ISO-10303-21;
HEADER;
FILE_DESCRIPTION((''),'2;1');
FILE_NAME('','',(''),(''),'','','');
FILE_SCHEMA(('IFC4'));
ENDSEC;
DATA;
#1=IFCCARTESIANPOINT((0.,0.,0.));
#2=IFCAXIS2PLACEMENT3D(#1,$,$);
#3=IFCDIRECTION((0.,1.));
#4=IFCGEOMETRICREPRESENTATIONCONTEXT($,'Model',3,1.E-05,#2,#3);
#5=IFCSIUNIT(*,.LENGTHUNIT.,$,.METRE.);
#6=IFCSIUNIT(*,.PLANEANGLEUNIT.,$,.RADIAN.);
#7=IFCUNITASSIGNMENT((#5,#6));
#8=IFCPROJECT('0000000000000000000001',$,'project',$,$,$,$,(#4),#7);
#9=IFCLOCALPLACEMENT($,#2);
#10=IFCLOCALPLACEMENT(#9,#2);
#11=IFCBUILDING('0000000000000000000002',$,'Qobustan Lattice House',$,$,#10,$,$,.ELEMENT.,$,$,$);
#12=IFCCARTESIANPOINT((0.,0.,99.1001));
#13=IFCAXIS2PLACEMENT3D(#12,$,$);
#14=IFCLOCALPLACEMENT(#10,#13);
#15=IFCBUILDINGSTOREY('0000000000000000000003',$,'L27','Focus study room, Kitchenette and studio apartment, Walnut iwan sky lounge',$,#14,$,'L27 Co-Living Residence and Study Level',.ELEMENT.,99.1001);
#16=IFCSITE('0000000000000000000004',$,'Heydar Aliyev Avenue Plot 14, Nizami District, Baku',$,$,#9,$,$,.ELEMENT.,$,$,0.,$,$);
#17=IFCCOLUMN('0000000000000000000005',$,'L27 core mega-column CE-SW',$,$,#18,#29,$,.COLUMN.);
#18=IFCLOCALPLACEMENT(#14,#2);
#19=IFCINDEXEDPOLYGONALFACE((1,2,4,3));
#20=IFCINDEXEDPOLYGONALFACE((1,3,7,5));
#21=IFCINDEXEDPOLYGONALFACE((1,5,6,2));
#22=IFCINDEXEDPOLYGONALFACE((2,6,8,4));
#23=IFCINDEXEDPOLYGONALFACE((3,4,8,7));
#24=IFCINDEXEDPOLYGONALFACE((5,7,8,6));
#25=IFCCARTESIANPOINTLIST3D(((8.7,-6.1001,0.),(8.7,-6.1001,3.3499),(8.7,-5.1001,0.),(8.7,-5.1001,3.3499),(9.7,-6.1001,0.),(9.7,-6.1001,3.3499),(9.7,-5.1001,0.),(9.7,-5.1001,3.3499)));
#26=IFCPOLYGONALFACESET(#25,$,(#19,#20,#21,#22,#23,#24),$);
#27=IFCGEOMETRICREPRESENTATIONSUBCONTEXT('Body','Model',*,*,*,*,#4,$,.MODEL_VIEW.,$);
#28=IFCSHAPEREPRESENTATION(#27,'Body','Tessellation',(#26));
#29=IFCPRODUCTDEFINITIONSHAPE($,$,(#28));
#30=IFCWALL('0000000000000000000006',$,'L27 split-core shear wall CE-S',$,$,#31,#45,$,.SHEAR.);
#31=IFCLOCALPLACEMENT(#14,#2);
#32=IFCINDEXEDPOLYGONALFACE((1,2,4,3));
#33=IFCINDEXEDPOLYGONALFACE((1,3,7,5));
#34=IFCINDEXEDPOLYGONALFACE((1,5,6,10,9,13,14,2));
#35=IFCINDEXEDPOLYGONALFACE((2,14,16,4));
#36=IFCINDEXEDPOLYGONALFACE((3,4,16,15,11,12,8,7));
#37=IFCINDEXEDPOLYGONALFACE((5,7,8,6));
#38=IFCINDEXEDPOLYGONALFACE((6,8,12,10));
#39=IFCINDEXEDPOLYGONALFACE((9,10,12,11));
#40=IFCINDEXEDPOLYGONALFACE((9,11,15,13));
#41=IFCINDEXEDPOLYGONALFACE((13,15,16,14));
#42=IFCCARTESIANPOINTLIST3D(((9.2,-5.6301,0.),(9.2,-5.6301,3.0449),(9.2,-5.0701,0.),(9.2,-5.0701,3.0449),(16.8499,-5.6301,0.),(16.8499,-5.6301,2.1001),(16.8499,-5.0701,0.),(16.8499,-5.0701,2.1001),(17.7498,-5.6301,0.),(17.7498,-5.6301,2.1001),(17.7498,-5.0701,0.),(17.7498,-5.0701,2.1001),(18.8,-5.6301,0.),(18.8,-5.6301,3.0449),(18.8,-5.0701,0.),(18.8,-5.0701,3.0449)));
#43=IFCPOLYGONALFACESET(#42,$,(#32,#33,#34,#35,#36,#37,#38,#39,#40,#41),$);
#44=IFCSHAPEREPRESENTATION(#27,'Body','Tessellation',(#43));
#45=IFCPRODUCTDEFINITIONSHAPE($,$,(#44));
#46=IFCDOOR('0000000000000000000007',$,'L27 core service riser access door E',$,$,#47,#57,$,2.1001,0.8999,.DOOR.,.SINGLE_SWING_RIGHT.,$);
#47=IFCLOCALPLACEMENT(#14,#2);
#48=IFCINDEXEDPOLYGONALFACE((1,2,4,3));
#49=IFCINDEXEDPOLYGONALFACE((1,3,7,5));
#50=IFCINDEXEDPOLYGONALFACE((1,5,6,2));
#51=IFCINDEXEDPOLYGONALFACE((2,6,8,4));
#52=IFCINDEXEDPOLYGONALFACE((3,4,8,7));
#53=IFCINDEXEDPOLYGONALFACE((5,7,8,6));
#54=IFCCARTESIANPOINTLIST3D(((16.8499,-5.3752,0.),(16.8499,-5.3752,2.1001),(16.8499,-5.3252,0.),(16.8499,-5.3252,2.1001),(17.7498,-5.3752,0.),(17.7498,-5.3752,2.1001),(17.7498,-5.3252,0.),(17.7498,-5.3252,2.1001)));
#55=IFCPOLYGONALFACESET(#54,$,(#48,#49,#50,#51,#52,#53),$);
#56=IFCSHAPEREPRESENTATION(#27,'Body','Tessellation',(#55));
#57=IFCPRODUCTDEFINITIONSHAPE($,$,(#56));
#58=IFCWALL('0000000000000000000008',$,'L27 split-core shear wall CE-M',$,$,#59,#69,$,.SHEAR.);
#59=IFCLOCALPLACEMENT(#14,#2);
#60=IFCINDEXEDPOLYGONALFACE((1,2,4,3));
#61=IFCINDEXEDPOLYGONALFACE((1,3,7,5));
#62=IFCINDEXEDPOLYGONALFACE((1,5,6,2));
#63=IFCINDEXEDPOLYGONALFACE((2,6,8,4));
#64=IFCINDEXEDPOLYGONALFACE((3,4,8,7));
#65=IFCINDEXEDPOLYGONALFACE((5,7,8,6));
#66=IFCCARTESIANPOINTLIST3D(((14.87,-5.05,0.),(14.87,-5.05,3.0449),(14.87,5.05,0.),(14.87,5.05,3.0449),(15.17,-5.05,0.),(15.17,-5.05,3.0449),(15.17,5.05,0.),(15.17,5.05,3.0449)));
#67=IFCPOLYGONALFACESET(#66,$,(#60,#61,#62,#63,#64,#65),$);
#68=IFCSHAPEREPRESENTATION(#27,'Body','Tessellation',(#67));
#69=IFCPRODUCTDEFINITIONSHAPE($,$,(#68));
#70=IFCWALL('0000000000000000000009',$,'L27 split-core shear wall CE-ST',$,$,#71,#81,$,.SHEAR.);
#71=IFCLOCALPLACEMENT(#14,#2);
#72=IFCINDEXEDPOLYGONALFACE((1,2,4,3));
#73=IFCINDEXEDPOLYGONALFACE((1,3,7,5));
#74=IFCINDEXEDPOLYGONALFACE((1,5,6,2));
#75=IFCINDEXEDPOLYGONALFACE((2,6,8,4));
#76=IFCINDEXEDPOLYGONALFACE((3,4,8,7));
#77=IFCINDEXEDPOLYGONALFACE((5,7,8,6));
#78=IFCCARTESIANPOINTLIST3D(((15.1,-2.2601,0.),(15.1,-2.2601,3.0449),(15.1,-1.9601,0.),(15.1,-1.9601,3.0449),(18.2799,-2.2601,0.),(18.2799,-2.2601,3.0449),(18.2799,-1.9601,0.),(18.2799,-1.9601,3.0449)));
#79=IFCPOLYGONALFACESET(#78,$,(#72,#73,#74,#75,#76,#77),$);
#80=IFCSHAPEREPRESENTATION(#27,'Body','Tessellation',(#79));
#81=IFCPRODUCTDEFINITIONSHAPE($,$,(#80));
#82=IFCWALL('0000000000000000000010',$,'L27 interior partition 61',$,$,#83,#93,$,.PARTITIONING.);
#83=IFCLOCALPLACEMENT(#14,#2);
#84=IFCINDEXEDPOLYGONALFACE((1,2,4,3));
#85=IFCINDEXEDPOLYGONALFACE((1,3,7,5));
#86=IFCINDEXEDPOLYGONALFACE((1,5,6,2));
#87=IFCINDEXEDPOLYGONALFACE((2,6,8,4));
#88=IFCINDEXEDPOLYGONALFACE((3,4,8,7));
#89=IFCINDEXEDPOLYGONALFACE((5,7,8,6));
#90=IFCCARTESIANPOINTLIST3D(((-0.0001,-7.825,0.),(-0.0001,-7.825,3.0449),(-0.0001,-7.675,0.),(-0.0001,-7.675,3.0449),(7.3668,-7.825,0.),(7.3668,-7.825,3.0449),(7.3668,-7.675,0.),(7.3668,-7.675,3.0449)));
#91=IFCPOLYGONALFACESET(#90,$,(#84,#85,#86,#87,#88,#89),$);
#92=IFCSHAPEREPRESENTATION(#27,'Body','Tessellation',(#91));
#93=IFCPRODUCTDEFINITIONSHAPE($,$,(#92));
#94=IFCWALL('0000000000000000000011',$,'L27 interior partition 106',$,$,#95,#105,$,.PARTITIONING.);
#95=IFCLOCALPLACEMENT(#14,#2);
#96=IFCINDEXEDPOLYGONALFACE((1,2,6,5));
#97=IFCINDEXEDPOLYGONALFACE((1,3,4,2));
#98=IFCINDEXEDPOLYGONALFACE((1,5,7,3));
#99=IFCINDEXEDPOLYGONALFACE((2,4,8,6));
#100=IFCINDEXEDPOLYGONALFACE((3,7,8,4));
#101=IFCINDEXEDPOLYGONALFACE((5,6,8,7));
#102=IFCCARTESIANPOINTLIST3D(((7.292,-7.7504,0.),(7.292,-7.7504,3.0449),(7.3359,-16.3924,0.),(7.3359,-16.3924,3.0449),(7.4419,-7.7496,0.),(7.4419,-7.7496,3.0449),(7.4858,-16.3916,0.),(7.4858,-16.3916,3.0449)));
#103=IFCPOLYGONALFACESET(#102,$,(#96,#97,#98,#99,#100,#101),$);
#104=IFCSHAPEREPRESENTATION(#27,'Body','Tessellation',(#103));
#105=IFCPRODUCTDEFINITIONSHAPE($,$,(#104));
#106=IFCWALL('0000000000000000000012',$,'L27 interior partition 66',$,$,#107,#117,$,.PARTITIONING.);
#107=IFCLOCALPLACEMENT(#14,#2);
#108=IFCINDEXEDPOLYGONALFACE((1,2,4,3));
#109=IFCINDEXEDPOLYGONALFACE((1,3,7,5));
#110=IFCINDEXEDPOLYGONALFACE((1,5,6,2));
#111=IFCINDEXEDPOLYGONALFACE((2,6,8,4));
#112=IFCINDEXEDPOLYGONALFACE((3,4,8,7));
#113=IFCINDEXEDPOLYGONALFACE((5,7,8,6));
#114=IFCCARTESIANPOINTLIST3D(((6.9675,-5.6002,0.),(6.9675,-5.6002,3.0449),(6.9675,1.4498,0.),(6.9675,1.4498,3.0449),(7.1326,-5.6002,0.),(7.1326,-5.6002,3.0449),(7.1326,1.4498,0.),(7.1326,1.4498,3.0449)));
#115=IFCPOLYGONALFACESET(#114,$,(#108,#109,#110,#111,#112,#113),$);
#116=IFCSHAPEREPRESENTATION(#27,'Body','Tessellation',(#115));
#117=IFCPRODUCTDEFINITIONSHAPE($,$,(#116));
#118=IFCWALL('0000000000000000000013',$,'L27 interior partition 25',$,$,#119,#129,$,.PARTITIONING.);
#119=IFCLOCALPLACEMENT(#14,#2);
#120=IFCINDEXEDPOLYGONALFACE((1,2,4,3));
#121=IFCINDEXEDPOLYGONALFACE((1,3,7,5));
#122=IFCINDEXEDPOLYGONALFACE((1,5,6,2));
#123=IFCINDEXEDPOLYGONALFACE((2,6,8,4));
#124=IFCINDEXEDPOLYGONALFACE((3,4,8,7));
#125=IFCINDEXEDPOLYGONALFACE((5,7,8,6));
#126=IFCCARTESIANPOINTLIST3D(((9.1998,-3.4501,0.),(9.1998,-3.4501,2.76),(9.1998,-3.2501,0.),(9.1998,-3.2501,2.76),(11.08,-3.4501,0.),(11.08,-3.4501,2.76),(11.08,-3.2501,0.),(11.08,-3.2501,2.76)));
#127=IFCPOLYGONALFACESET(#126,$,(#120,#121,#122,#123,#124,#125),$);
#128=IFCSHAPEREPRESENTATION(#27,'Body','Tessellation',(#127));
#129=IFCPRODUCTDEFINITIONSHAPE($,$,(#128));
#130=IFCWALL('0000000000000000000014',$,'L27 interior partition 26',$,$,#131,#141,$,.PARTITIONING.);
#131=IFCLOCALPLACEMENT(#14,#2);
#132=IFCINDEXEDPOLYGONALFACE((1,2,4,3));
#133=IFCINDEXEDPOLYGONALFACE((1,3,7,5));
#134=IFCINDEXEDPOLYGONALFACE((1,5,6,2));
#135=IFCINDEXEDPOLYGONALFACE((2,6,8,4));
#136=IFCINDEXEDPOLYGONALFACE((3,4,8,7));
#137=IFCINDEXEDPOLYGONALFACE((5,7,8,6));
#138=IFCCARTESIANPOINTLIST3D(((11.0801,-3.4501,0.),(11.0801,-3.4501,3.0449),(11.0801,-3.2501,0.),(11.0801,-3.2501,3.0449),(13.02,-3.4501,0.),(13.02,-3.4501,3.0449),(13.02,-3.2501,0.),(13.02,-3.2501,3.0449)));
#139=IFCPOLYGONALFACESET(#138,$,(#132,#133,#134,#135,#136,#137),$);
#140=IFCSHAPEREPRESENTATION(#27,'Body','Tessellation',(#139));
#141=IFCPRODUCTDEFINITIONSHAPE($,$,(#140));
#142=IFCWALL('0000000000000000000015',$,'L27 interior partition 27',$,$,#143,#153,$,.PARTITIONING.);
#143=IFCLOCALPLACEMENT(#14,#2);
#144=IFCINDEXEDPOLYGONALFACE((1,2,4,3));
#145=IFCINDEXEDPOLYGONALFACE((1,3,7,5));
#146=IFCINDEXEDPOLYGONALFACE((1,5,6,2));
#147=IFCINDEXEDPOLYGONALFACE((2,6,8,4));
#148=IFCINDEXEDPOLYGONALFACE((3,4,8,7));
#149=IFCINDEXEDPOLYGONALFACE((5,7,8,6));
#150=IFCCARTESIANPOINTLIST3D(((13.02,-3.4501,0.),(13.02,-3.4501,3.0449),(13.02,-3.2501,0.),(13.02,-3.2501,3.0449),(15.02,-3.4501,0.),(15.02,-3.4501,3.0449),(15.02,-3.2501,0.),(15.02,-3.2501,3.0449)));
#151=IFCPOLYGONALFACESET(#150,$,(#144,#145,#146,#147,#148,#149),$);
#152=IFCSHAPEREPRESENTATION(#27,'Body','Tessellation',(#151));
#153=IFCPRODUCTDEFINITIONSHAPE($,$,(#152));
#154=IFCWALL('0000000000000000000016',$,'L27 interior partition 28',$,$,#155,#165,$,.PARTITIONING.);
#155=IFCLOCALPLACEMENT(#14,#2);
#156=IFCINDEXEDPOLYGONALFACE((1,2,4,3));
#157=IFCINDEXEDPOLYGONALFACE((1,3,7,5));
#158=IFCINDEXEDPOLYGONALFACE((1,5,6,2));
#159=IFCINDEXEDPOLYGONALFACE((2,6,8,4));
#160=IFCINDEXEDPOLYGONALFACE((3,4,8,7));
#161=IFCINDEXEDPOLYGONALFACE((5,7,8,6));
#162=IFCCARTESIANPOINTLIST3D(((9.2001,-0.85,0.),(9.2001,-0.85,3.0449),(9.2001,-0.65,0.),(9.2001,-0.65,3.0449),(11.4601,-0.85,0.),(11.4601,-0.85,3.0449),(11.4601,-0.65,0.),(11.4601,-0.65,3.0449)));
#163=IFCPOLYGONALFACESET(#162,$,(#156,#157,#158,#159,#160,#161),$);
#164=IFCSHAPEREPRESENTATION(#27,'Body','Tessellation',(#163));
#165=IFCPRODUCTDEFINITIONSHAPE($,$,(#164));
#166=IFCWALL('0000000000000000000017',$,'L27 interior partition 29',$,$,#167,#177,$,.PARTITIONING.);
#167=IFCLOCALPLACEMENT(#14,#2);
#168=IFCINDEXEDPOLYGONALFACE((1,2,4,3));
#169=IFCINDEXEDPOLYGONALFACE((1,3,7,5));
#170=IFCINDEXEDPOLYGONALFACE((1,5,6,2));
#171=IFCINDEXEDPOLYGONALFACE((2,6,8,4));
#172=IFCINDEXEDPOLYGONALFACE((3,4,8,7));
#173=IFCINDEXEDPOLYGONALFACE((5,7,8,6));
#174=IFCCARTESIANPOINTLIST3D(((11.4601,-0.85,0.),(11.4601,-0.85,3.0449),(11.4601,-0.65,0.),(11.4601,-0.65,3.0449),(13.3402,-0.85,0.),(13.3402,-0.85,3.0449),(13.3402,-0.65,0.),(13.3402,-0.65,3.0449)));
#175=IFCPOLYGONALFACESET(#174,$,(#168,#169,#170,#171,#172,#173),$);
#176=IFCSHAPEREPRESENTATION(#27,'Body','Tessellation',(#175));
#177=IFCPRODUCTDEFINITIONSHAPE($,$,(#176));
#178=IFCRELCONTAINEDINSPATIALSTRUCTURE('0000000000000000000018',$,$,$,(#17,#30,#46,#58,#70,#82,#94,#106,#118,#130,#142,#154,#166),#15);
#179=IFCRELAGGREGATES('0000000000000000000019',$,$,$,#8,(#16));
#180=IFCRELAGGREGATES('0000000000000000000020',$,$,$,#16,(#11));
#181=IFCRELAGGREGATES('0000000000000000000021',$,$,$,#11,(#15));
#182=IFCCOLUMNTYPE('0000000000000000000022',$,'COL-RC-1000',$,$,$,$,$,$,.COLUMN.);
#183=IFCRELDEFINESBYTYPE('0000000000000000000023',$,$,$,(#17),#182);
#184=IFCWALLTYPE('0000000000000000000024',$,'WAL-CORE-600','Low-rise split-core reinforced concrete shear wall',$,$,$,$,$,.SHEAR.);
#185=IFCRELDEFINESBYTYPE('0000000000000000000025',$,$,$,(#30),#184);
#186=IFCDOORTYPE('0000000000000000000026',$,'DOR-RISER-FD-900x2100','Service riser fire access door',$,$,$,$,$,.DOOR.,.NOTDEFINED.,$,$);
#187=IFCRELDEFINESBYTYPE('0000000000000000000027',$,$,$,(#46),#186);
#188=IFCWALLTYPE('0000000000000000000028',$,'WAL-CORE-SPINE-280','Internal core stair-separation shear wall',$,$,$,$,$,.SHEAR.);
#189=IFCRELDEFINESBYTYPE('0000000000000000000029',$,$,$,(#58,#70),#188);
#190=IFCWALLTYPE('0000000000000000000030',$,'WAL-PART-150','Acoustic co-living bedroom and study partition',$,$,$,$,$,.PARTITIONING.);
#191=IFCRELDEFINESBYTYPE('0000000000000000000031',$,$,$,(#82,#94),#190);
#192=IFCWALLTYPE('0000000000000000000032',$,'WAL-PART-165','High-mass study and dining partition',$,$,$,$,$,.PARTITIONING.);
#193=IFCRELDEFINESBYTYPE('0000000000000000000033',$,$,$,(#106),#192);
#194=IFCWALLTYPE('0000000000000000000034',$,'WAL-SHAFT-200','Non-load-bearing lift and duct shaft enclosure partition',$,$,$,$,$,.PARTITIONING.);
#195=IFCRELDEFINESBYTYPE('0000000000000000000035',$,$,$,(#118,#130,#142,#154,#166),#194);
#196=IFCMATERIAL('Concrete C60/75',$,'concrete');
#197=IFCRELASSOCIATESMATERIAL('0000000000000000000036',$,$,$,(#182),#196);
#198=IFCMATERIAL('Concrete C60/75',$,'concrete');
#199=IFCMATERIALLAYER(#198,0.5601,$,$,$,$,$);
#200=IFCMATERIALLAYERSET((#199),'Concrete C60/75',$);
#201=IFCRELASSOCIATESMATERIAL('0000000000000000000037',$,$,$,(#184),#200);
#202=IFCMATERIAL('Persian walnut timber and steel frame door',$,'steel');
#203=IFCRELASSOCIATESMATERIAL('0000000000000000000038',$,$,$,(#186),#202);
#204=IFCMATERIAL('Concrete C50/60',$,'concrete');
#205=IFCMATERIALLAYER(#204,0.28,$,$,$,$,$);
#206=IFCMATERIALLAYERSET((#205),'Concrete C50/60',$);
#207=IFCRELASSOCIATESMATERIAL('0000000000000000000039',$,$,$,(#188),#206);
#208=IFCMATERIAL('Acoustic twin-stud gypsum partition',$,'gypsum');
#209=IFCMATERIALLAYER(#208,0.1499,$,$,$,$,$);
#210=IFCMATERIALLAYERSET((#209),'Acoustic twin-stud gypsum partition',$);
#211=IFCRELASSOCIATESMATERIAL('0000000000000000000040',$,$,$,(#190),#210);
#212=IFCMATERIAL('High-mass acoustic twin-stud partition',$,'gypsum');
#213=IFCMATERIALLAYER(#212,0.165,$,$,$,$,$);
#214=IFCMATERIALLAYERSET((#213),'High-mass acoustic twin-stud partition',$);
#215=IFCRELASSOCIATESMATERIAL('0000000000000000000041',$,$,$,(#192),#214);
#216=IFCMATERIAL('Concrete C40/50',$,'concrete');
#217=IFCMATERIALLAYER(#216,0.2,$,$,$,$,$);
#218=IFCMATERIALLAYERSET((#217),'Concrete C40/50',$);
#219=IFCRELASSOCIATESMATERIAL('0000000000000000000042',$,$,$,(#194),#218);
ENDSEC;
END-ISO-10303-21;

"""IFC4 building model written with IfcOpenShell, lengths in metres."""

from ifc_helpers import new_model, si_unit, direction, frame, frame_2d, origin, origin_2d, place, context, subcontext, project, spatial, rectangle, extrude, material, layer, layer_set, material_profile, profile_set, type_object, element, fill, save


model = new_model("IFC4")

# Units and contexts
model_context = context("Model", 3, precision=1e-05, world=origin(), true_north=direction((0.0, 1.0)))
body_context = subcontext(model_context, "Body", "Model", "MODEL_VIEW")
ifc_project = project(units=[si_unit("LENGTHUNIT", "METRE"), si_unit("PLANEANGLEUNIT", "RADIAN")], contexts=[model_context])

# Site, building, storey
site_placement = place(None, origin())
site = spatial("IfcSite", under=ifc_project, at=site_placement, Name="Heydar Aliyev Avenue Plot 14, Nizami District, Baku", CompositionType="ELEMENT", RefElevation=0.0)
building_placement = place(site_placement, origin())
building = spatial("IfcBuilding", under=site, at=building_placement, Name="Qobustan Lattice House", CompositionType="ELEMENT")
storey_placement = place(building_placement, frame((0.0, 0.0, 99.1001)))
storey = spatial("IfcBuildingStorey", under=building, at=storey_placement, Name="L27", Description="Focus study room, Kitchenette and studio apartment, Walnut iwan sky lounge", LongName="L27 Co-Living Residence and Study Level", CompositionType="ELEMENT", Elevation=99.1001)

# Column
ifc_material_1 = material(Name="Concrete C60/75", Category="concrete")
ifc_material_profile = material_profile(ifc_material_1, rectangle(XDim=1.0, YDim=1.0, at=origin_2d()), Name="RC1000x1000")
ifc_profile_set = profile_set([ifc_material_profile], Name="Concrete C60/75")
column_type = type_object("IfcColumnType", Name="COL-RC-1000", PredefinedType="COLUMN", material=ifc_profile_set)
column_placement = place(storey_placement, frame((9.2, -5.6001, 0.0), z_axis=(0.0, 0.0, 1.0), x_axis=(1.0, 0.0, 0.0)))
element("IfcColumn", 1, at=column_placement, inside=storey, type_object=column_type, Name="L27 core mega-column CE-SW", PredefinedType="COLUMN", context=body_context, shape_type="SweptSolid", body=[
    extrude(rectangle(XDim=1.0, YDim=1.0, at=origin_2d()), origin(), (0.0, 0.0, 1.0), 3.3499),
])

# Wall, opening, door
ifc_material_2 = material(Name="Concrete C60/75", Category="concrete")
ifc_layer_1 = layer(ifc_material_2, 0.5601)
ifc_layer_set_1 = layer_set([ifc_layer_1], Name="Concrete C60/75")
wall_type_1 = type_object("IfcWallType", Name="WAL-CORE-600", Description="Low-rise split-core reinforced concrete shear wall", PredefinedType="SHEAR", material=ifc_layer_set_1)
wall_1_placement = place(storey_placement, frame((9.2, -5.3501, 0.0), z_axis=(0.0, 0.0, 1.0), x_axis=(1.0, 0.0, 0.0)))
wall_1 = element("IfcWall", 2, at=wall_1_placement, inside=storey, type_object=wall_type_1, Name="L27 split-core shear wall CE-S", PredefinedType="SHEAR", context=body_context, shape_type="SweptSolid", body=[
    extrude(rectangle(XDim=9.6001, YDim=0.5601, at=frame_2d((4.8, 0.0))), origin(), (0.0, 0.0, 1.0), 3.0449),
])
opening_1_placement = place(wall_1_placement, frame((7.6499, 0.0, 0.0)))
opening_1 = element("IfcOpeningElement", 3, at=opening_1_placement, cuts=wall_1, PredefinedType="OPENING", context=body_context, shape_type="SweptSolid", body=[
    extrude(rectangle(XDim=0.8999, YDim=2.1001, at=frame_2d((0.45, 1.05))), frame((0.0, 0.29, 0.0), z_axis=(0.0, -1.0, 0.0), x_axis=(1.0, 0.0, 0.0)), (0.0, 0.0, 1.0), 0.5801),
])
ifc_material_3 = material(Name="Persian walnut timber and steel frame door", Category="steel")
door_type_1 = type_object("IfcDoorType", Name="DOR-RISER-FD-900x2100", Description="Service riser fire access door", OperationType="NOTDEFINED", PredefinedType="DOOR", material=ifc_material_3)
door_1_placement = place(opening_1_placement, origin())
door_1 = element("IfcDoor", 4, at=door_1_placement, inside=storey, type_object=door_type_1, Name="L27 core service riser access door E", OperationType="SINGLE_SWING_RIGHT", OverallHeight=2.1001, OverallWidth=0.8999, PredefinedType="DOOR", context=body_context, shape_type="SweptSolid", body=[
    extrude(rectangle(XDim=0.8999, YDim=2.1001, at=frame_2d((0.45, 1.05))), frame((0.0, 0.0249, 0.0), z_axis=(0.0, -1.0, 0.0), x_axis=(1.0, 0.0, 0.0)), (0.0, 0.0, 1.0), 0.05),
])
fill(opening_1, door_1)

# Walls
ifc_material_4 = material(Name="Concrete C50/60", Category="concrete")
ifc_layer_2 = layer(ifc_material_4, 0.28)
ifc_layer_set_2 = layer_set([ifc_layer_2], Name="Concrete C50/60")
wall_type_2 = type_object("IfcWallType", Name="WAL-CORE-SPINE-280", Description="Internal core stair-separation shear wall", PredefinedType="SHEAR", material=ifc_layer_set_2)
wall_2_placement = place(storey_placement, frame((15.02, -5.05, 0.0), z_axis=(0.0, 0.0, 1.0), x_axis=(0.0, 1.0, 0.0)))
element("IfcWall", 5, at=wall_2_placement, inside=storey, type_object=wall_type_2, Name="L27 split-core shear wall CE-M", PredefinedType="SHEAR", context=body_context, shape_type="SweptSolid", body=[
    extrude(rectangle(XDim=10.1001, YDim=0.3, at=frame_2d((5.05, 0.0))), origin(), (0.0, 0.0, 1.0), 3.0449),
])
wall_3_placement = place(storey_placement, frame((15.1001, -2.1101, 0.0), z_axis=(0.0, 0.0, 1.0), x_axis=(1.0, 0.0, 0.0)))
element("IfcWall", 6, at=wall_3_placement, inside=storey, type_object=wall_type_2, Name="L27 split-core shear wall CE-ST", PredefinedType="SHEAR", context=body_context, shape_type="SweptSolid", body=[
    extrude(rectangle(XDim=3.1799, YDim=0.3, at=frame_2d((1.5898, 0.0))), origin(), (0.0, 0.0, 1.0), 3.0449),
])
ifc_material_5 = material(Name="Acoustic twin-stud gypsum partition", Category="gypsum")
ifc_layer_3 = layer(ifc_material_5, 0.1499)
ifc_layer_set_3 = layer_set([ifc_layer_3], Name="Acoustic twin-stud gypsum partition")
wall_type_3 = type_object("IfcWallType", Name="WAL-PART-150", Description="Acoustic co-living bedroom and study partition", PredefinedType="PARTITIONING", material=ifc_layer_set_3)
wall_4_placement = place(storey_placement, frame((7.3669, -7.75, 0.0), z_axis=(0.0, 0.0, 1.0), x_axis=(-1.0, 0.0, 0.0)))
element("IfcWall", 7, at=wall_4_placement, inside=storey, type_object=wall_type_3, Name="L27 interior partition 61", PredefinedType="PARTITIONING", context=body_context, shape_type="SweptSolid", body=[
    extrude(rectangle(XDim=7.3669, YDim=0.1499, at=frame_2d((3.6836, 0.0))), origin(), (0.0, 0.0, 1.0), 3.0449),
])
wall_5_placement = place(storey_placement, frame((7.3669, -7.75, 0.0), z_axis=(0.0, 0.0, 1.0), x_axis=(0.005085, -0.999987, 0.0)))
element("IfcWall", 8, at=wall_5_placement, inside=storey, type_object=wall_type_3, Name="L27 interior partition 106", PredefinedType="PARTITIONING", context=body_context, shape_type="SweptSolid", body=[
    extrude(rectangle(XDim=8.6421, YDim=0.1499, at=frame_2d((4.321, 0.0))), origin(), (0.0, 0.0, 1.0), 3.0449),
])
ifc_material_6 = material(Name="High-mass acoustic twin-stud partition", Category="gypsum")
ifc_layer_4 = layer(ifc_material_6, 0.165)
ifc_layer_set_4 = layer_set([ifc_layer_4], Name="High-mass acoustic twin-stud partition")
wall_type_4 = type_object("IfcWallType", Name="WAL-PART-165", Description="High-mass study and dining partition", PredefinedType="PARTITIONING", material=ifc_layer_set_4)
wall_6_placement = place(storey_placement, frame((7.05, -5.6001, 0.0), z_axis=(0.0, 0.0, 1.0), x_axis=(0.0, 1.0, 0.0)))
element("IfcWall", 9, at=wall_6_placement, inside=storey, type_object=wall_type_4, Name="L27 interior partition 66", PredefinedType="PARTITIONING", context=body_context, shape_type="SweptSolid", body=[
    extrude(rectangle(XDim=7.05, YDim=0.165, at=frame_2d((3.5249, 0.0))), origin(), (0.0, 0.0, 1.0), 3.0449),
])
ifc_material_7 = material(Name="Concrete C40/50", Category="concrete")
ifc_layer_5 = layer(ifc_material_7, 0.2)
ifc_layer_set_5 = layer_set([ifc_layer_5], Name="Concrete C40/50")
wall_type_5 = type_object("IfcWallType", Name="WAL-SHAFT-200", Description="Non-load-bearing lift and duct shaft enclosure partition", PredefinedType="PARTITIONING", material=ifc_layer_set_5)
wall_7_placement = place(storey_placement, frame((9.2, -3.3501, 0.0), z_axis=(0.0, 0.0, 1.0), x_axis=(1.0, 0.0, 0.0)))
element("IfcWall", 10, at=wall_7_placement, inside=storey, type_object=wall_type_5, Name="L27 interior partition 25", PredefinedType="PARTITIONING", context=body_context, shape_type="SweptSolid", body=[
    extrude(rectangle(XDim=1.8801, YDim=0.2, at=frame_2d((0.9399, 0.0))), origin(), (0.0, 0.0, 1.0), 2.76),
])
wall_8_placement = place(storey_placement, frame((11.0801, -3.3501, 0.0), z_axis=(0.0, 0.0, 1.0), x_axis=(1.0, 0.0, 0.0)))
element("IfcWall", 11, at=wall_8_placement, inside=storey, type_object=wall_type_5, Name="L27 interior partition 26", PredefinedType="PARTITIONING", context=body_context, shape_type="SweptSolid", body=[
    extrude(rectangle(XDim=1.9399, YDim=0.2, at=frame_2d((0.97, 0.0))), origin(), (0.0, 0.0, 1.0), 3.0449),
])
wall_9_placement = place(storey_placement, frame((13.02, -3.3501, 0.0), z_axis=(0.0, 0.0, 1.0), x_axis=(1.0, 0.0, 0.0)))
element("IfcWall", 12, at=wall_9_placement, inside=storey, type_object=wall_type_5, Name="L27 interior partition 27", PredefinedType="PARTITIONING", context=body_context, shape_type="SweptSolid", body=[
    extrude(rectangle(XDim=2.0, YDim=0.2, at=frame_2d((1.0, 0.0))), origin(), (0.0, 0.0, 1.0), 3.0449),
])
wall_10_placement = place(storey_placement, frame((11.46, -0.75, 0.0), z_axis=(0.0, 0.0, 1.0), x_axis=(-1.0, 0.0, 0.0)))
element("IfcWall", 13, at=wall_10_placement, inside=storey, type_object=wall_type_5, Name="L27 interior partition 28", PredefinedType="PARTITIONING", context=body_context, shape_type="SweptSolid", body=[
    extrude(rectangle(XDim=2.26, YDim=0.2, at=frame_2d((1.1299, 0.0))), origin(), (0.0, 0.0, 1.0), 3.0449),
])
wall_11_placement = place(storey_placement, frame((13.3401, -0.75, 0.0), z_axis=(0.0, 0.0, 1.0), x_axis=(-1.0, 0.0, 0.0)))
element("IfcWall", 14, at=wall_11_placement, inside=storey, type_object=wall_type_5, Name="L27 interior partition 29", PredefinedType="PARTITIONING", context=body_context, shape_type="SweptSolid", body=[
    extrude(rectangle(XDim=1.8801, YDim=0.2, at=frame_2d((0.9399, 0.0))), origin(), (0.0, 0.0, 1.0), 3.0449),
])

save(model, "model.ifc")
